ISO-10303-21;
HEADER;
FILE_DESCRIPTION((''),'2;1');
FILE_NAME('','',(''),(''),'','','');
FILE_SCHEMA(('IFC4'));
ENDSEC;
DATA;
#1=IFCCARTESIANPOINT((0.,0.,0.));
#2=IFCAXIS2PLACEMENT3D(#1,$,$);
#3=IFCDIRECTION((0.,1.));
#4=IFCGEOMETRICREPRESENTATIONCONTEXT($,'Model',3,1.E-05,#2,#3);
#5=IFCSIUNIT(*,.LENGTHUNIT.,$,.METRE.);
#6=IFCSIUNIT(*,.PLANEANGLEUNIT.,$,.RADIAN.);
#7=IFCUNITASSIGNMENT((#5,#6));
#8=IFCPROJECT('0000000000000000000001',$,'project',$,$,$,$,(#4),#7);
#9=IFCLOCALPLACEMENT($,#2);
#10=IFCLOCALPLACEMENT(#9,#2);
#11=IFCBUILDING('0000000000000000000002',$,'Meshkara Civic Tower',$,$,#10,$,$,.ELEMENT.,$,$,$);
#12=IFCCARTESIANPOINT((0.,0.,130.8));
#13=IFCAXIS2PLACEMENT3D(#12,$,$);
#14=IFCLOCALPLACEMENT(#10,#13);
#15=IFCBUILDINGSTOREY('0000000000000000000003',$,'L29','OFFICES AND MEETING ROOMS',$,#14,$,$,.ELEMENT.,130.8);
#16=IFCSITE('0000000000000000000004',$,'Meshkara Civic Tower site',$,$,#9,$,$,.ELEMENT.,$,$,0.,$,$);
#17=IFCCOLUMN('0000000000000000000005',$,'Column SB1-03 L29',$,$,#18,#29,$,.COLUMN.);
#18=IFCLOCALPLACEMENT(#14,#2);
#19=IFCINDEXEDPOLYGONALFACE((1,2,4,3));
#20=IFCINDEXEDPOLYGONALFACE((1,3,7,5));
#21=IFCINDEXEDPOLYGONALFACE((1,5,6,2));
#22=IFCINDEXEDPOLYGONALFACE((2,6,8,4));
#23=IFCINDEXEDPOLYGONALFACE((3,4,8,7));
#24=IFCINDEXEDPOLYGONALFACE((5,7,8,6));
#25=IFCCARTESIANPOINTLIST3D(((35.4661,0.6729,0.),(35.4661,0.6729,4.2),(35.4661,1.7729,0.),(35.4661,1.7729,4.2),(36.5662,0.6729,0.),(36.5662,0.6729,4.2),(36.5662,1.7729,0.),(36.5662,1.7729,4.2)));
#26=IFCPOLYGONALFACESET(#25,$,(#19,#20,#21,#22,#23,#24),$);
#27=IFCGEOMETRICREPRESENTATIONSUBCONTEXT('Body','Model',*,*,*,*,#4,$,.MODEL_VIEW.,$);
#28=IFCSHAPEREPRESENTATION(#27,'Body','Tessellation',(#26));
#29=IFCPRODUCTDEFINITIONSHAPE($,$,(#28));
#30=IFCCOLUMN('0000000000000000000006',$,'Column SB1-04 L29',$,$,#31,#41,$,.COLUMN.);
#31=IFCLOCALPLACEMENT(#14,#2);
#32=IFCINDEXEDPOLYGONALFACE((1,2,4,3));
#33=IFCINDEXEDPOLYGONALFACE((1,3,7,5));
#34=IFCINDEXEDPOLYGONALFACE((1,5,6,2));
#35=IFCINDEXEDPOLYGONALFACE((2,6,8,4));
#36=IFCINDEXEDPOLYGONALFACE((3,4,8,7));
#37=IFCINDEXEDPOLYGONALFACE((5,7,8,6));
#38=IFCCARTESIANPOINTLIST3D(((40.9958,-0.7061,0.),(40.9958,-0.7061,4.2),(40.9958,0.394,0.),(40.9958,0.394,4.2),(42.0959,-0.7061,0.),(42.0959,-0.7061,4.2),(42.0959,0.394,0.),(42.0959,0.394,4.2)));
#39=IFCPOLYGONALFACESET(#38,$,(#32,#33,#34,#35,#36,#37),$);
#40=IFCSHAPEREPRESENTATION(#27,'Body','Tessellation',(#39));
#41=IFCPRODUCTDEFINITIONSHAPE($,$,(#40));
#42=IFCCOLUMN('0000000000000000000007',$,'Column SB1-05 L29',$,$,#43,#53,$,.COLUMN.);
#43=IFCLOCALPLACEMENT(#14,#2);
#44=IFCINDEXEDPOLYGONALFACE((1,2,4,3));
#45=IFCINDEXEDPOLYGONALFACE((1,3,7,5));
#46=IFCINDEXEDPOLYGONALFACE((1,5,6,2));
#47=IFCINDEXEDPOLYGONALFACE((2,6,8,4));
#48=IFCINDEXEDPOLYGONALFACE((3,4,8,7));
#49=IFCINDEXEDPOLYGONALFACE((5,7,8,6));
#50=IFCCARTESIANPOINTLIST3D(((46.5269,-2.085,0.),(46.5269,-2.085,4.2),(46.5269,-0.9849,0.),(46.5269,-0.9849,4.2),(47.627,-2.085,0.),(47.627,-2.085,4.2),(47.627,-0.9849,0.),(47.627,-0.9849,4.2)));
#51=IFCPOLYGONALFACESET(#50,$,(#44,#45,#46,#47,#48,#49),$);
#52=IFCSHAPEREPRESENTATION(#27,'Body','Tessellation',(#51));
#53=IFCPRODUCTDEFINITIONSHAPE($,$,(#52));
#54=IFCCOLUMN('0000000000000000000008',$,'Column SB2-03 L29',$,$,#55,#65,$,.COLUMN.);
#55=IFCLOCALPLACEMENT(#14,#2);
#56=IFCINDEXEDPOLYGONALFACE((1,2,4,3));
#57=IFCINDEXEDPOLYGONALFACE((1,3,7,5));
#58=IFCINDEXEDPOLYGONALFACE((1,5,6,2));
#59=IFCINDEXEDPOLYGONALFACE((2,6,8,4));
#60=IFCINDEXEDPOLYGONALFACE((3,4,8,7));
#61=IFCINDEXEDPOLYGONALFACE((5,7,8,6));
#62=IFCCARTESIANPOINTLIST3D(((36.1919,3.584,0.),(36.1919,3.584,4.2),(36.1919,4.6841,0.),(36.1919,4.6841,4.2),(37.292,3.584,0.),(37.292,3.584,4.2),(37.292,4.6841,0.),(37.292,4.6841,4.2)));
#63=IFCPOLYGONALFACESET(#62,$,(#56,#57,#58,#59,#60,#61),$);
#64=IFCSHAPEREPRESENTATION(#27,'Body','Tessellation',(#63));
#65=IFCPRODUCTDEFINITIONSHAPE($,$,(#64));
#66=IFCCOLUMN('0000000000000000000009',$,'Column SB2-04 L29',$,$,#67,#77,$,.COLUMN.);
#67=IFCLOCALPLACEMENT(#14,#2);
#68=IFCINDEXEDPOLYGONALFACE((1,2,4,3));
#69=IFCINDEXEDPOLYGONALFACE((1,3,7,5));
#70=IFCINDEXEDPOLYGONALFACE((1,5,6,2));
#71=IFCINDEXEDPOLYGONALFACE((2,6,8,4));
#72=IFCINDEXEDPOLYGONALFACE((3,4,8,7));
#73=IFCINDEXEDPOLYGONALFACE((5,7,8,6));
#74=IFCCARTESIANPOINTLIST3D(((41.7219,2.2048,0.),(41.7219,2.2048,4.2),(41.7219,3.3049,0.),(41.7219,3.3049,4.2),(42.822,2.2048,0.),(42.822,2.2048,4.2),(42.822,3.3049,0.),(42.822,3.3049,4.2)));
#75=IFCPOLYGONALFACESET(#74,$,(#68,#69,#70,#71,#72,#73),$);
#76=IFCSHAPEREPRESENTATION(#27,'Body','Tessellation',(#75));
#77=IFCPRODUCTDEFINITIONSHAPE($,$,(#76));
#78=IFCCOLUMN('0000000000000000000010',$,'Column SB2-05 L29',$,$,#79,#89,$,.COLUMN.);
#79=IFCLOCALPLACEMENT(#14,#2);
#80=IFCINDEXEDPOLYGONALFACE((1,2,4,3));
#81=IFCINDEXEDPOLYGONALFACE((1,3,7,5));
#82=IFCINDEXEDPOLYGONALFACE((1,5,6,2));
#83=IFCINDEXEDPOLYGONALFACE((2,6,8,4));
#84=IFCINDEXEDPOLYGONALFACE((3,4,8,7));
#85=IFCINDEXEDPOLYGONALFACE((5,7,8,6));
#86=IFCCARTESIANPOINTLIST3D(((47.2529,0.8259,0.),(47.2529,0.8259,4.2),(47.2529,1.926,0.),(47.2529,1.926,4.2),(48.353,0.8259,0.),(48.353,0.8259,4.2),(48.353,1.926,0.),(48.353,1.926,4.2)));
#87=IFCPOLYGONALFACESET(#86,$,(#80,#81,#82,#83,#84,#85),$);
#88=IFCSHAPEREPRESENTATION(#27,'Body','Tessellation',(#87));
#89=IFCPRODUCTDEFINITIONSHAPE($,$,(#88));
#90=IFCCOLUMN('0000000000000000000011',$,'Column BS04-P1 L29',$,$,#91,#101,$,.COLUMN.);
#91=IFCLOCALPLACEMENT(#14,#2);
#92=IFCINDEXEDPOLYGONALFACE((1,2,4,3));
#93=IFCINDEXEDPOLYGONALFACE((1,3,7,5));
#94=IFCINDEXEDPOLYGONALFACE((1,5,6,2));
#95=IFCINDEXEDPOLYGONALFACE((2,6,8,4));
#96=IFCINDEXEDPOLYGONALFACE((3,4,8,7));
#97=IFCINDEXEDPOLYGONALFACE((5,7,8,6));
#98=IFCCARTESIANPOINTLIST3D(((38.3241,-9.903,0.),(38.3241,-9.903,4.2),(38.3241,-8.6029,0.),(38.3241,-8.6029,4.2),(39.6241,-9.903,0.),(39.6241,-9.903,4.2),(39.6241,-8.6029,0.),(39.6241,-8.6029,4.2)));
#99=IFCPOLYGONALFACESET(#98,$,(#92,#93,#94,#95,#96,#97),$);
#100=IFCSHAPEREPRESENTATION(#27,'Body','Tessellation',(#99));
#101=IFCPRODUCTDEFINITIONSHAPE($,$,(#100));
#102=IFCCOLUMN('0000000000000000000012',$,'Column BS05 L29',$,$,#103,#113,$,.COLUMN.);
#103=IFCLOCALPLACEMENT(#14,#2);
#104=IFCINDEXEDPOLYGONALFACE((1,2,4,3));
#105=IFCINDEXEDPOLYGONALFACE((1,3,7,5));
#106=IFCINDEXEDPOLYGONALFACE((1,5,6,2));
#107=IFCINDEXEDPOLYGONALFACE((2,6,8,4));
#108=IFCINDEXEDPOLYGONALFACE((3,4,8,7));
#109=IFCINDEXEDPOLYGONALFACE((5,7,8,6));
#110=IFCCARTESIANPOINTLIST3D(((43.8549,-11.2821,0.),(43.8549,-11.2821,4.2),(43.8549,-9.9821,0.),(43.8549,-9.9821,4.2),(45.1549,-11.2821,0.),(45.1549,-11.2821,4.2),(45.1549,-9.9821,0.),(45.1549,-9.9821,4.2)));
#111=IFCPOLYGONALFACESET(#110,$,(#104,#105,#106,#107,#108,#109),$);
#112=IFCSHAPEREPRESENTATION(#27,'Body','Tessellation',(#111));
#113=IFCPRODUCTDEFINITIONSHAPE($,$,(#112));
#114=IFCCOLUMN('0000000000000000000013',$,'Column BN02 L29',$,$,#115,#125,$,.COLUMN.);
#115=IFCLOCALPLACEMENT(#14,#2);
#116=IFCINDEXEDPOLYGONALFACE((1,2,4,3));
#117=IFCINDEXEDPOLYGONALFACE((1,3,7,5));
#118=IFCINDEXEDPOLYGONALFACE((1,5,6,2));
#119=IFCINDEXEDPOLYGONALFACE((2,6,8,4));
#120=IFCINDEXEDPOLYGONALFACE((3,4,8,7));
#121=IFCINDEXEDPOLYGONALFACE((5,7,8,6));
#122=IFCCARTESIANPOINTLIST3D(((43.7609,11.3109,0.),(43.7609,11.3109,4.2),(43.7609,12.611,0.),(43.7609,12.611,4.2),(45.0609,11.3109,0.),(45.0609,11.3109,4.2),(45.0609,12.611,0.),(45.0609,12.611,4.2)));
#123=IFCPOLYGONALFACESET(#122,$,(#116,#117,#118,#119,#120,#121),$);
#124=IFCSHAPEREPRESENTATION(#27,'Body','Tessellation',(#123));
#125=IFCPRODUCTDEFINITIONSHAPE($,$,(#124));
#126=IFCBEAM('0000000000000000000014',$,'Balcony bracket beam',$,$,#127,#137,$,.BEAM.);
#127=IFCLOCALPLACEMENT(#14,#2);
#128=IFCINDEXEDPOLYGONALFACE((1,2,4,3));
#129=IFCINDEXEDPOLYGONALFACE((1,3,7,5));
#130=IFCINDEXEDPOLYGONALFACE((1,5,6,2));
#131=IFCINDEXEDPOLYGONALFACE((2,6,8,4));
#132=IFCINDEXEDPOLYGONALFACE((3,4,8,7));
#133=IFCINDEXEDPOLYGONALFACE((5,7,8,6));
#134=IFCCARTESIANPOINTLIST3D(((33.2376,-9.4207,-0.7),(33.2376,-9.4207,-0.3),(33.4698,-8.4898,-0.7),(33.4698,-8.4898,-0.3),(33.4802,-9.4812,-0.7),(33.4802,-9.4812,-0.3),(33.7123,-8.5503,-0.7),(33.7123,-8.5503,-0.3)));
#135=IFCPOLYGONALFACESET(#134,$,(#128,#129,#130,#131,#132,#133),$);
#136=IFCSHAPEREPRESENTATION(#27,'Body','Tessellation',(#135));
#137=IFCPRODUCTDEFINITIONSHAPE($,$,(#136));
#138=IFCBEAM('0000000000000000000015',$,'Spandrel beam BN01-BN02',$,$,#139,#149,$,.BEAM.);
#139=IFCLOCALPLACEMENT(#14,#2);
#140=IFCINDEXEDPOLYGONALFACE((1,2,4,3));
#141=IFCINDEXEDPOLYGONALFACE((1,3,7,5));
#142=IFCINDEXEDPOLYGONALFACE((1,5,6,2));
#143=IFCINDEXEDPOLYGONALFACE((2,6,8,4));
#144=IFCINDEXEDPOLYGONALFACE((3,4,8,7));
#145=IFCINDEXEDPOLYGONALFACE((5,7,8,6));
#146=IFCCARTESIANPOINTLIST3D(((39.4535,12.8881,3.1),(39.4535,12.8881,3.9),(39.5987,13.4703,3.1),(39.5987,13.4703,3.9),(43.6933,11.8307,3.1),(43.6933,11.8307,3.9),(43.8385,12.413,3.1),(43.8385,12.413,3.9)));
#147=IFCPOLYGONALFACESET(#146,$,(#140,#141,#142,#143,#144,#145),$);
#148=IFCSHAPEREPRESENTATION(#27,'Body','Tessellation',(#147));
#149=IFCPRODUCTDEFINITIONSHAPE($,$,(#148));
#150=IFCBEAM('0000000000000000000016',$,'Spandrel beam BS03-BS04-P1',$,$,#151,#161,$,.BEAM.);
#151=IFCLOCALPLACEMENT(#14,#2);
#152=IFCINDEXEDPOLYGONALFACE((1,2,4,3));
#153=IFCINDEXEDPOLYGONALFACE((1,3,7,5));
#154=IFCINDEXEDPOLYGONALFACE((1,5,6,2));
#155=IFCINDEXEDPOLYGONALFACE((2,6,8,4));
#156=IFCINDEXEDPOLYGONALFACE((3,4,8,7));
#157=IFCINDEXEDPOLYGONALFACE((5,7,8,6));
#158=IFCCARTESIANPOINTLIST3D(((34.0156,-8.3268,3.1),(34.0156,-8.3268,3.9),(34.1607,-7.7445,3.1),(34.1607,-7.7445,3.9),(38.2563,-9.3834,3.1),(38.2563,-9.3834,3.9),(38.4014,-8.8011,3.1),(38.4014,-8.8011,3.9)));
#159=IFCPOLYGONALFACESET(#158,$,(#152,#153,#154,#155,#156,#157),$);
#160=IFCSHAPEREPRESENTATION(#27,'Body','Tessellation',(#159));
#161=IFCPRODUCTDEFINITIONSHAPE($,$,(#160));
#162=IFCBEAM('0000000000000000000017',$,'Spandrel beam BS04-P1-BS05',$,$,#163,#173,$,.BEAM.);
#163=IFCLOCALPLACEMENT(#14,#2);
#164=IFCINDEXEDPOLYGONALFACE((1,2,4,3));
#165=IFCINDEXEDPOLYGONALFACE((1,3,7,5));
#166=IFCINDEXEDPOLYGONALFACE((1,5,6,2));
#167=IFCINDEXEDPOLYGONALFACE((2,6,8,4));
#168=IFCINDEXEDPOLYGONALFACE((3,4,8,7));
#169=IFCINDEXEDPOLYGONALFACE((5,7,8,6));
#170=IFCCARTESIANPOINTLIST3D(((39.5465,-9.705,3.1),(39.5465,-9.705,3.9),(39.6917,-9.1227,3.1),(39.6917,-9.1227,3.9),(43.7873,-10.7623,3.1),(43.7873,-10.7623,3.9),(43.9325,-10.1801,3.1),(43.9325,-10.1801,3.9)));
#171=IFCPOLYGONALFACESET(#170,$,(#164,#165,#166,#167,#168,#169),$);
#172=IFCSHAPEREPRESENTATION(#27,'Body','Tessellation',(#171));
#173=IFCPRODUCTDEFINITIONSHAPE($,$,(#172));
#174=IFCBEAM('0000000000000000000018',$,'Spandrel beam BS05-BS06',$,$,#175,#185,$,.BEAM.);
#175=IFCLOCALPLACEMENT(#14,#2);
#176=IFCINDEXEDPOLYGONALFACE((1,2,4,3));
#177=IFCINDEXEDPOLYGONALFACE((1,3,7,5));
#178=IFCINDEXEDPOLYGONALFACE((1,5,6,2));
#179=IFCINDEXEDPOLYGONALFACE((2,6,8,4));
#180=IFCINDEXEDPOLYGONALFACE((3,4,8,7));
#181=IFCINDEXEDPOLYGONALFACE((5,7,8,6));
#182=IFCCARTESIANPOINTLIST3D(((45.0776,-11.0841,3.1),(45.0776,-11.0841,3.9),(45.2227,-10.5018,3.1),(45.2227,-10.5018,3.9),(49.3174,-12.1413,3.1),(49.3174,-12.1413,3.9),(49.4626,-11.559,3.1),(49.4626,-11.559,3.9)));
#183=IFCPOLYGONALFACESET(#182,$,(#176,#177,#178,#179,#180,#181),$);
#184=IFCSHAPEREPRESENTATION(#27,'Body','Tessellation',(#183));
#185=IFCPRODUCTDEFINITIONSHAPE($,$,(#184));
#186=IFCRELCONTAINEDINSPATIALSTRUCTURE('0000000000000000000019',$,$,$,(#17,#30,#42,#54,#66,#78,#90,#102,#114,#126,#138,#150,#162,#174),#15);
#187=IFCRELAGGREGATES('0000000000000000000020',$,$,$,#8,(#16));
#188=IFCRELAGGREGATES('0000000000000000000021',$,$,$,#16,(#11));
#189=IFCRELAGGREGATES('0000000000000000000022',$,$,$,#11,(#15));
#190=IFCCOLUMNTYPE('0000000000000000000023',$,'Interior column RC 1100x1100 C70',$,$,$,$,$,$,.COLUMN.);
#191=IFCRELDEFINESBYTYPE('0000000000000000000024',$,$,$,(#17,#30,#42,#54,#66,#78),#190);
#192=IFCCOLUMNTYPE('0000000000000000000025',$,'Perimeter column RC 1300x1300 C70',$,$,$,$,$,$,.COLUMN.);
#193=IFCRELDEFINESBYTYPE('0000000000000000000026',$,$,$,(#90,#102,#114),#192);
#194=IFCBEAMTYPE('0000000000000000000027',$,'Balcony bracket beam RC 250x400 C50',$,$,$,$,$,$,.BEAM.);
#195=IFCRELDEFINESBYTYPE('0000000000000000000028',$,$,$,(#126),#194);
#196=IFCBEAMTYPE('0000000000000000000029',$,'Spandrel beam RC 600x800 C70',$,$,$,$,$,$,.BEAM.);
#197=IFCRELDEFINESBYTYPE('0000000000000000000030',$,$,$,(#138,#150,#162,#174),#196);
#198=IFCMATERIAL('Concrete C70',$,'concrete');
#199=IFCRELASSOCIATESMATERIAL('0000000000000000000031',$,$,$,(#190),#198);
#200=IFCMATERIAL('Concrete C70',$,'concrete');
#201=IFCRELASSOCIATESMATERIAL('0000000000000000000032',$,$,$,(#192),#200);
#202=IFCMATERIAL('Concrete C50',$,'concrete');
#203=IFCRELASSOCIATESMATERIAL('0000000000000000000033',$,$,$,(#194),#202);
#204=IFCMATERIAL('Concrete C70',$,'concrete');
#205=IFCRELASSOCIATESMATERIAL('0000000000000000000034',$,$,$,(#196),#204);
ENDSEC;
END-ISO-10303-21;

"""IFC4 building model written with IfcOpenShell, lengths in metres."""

from ifc_helpers import new_model, si_unit, direction, frame, origin, origin_2d, place, context, subcontext, project, spatial, rectangle, extrude, material, material_profile, profile_set, type_object, element, save


model = new_model("IFC4")

# Units and contexts
model_context = context("Model", 3, precision=1e-05, world=origin(), true_north=direction((0.0, 1.0)))
body_context = subcontext(model_context, "Body", "Model", "MODEL_VIEW")
ifc_project = project(units=[si_unit("LENGTHUNIT", "METRE"), si_unit("PLANEANGLEUNIT", "RADIAN")], contexts=[model_context])

# Site, building, storey
site_placement = place(None, origin())
site = spatial("IfcSite", under=ifc_project, at=site_placement, Name="Meshkara Civic Tower site", CompositionType="ELEMENT", RefElevation=0.0)
building_placement = place(site_placement, origin())
building = spatial("IfcBuilding", under=site, at=building_placement, Name="Meshkara Civic Tower", CompositionType="ELEMENT")
storey_placement = place(building_placement, frame((0.0, 0.0, 130.8)))
storey = spatial("IfcBuildingStorey", under=building, at=storey_placement, Name="L29", Description="OFFICES AND MEETING ROOMS", CompositionType="ELEMENT", Elevation=130.8)

# Columns
ifc_material_1 = material(Name="Concrete C70", Category="concrete")
ifc_material_profile_1 = material_profile(ifc_material_1, rectangle(XDim=1.1001, YDim=1.1001, at=origin_2d()))
ifc_profile_set_1 = profile_set([ifc_material_profile_1], Name="Concrete C70")
column_type_1 = type_object("IfcColumnType", Name="Interior column RC 1100x1100 C70", PredefinedType="COLUMN", material=ifc_profile_set_1)
for number, where, z_axis, x_axis, name in (
    (1, (36.0161, 1.2229, 0.0), (0.0, 0.0, 1.0), (1.0, 0.0, 0.0), "Column SB1-03 L29"),
    (2, (41.5459, -0.156, 0.0), (0.0, 0.0, 1.0), (1.0, 0.0, 0.0), "Column SB1-04 L29"),
    (3, (47.0769, -1.5349, 0.0), (0.0, 0.0, 1.0), (1.0, 0.0, 0.0), "Column SB1-05 L29"),
    (4, (36.7419, 4.134, 0.0), (0.0, 0.0, 1.0), (1.0, 0.0, 0.0), "Column SB2-03 L29"),
    (5, (42.272, 2.7549, 0.0), (0.0, 0.0, 1.0), (1.0, 0.0, 0.0), "Column SB2-04 L29"),
    (6, (47.803, 1.376, 0.0), (0.0, 0.0, 1.0), (1.0, 0.0, 0.0), "Column SB2-05 L29"),
):
    element("IfcColumn", number, at=place(storey_placement, frame(where, z_axis=z_axis, x_axis=x_axis)), inside=storey, type_object=column_type_1, Name=name, PredefinedType="COLUMN", context=body_context, shape_type="SweptSolid", body=[
        extrude(rectangle(XDim=1.1001, YDim=1.1001, at=origin_2d()), origin(), (0.0, 0.0, 1.0), 4.2),
    ])
ifc_material_2 = material(Name="Concrete C70", Category="concrete")
ifc_material_profile_2 = material_profile(ifc_material_2, rectangle(XDim=1.3, YDim=1.3, at=origin_2d()))
ifc_profile_set_2 = profile_set([ifc_material_profile_2], Name="Concrete C70")
column_type_2 = type_object("IfcColumnType", Name="Perimeter column RC 1300x1300 C70", PredefinedType="COLUMN", material=ifc_profile_set_2)
for number, where, z_axis, x_axis, name in (
    (7, (38.9741, -9.2529, 0.0), (0.0, 0.0, 1.0), (1.0, 0.0, 0.0), "Column BS04-P1 L29"),
    (8, (44.5049, -10.6321, 0.0), (0.0, 0.0, 1.0), (1.0, 0.0, 0.0), "Column BS05 L29"),
    (9, (44.4109, 11.9609, 0.0), (0.0, 0.0, 1.0), (1.0, 0.0, 0.0), "Column BN02 L29"),
):
    element("IfcColumn", number, at=place(storey_placement, frame(where, z_axis=z_axis, x_axis=x_axis)), inside=storey, type_object=column_type_2, Name=name, PredefinedType="COLUMN", context=body_context, shape_type="SweptSolid", body=[
        extrude(rectangle(XDim=1.3, YDim=1.3, at=origin_2d()), origin(), (0.0, 0.0, 1.0), 4.2),
    ])

# Beams
ifc_material_3 = material(Name="Concrete C50", Category="concrete")
ifc_material_profile_3 = material_profile(ifc_material_3, rectangle(XDim=0.25, YDim=0.3999, at=origin_2d()))
ifc_profile_set_3 = profile_set([ifc_material_profile_3], Name="Concrete C50")
beam_type_1 = type_object("IfcBeamType", Name="Balcony bracket beam RC 250x400 C50", PredefinedType="BEAM", material=ifc_profile_set_3)
beam_1_placement = place(storey_placement, frame((33.5911, -8.52, -0.5), z_axis=(-0.241997, -0.970277, 0.0), x_axis=(0.970277, -0.241997, 0.0)))
element("IfcBeam", 10, at=beam_1_placement, inside=storey, type_object=beam_type_1, Name="Balcony bracket beam", PredefinedType="BEAM", context=body_context, shape_type="SweptSolid", body=[
    extrude(rectangle(XDim=0.25, YDim=0.3999, at=origin_2d()), origin(), (0.0, 0.0, 1.0), 0.9595),
])
ifc_material_4 = material(Name="Concrete C70", Category="concrete")
ifc_material_profile_4 = material_profile(ifc_material_4, rectangle(XDim=0.6001, YDim=0.8, at=origin_2d()))
ifc_profile_set_4 = profile_set([ifc_material_profile_4], Name="Concrete C70")
beam_type_2 = type_object("IfcBeamType", Name="Spandrel beam RC 600x800 C70", PredefinedType="BEAM", material=ifc_profile_set_4)
beam_2_placement = place(storey_placement, frame((43.7659, 12.1218, 3.5), z_axis=(-0.97028, 0.241983, 0.0), x_axis=(-0.241983, -0.97028, 0.0)))
element("IfcBeam", 11, at=beam_2_placement, inside=storey, type_object=beam_type_2, Name="Spandrel beam BN01-BN02", PredefinedType="BEAM", context=body_context, shape_type="SweptSolid", body=[
    extrude(rectangle(XDim=0.6001, YDim=0.8, at=origin_2d()), origin(), (0.0, 0.0, 1.0), 4.3696),
])
beam_3_placement = place(storey_placement, frame((34.0881, -8.0356, 3.5), z_axis=(0.970333, -0.241773, 0.0), x_axis=(0.241773, 0.970333, 0.0)))
element("IfcBeam", 12, at=beam_3_placement, inside=storey, type_object=beam_type_2, Name="Spandrel beam BS03-BS04-P1", PredefinedType="BEAM", context=body_context, shape_type="SweptSolid", body=[
    extrude(rectangle(XDim=0.6001, YDim=0.8, at=origin_2d()), origin(), (0.0, 0.0, 1.0), 4.3704),
])
beam_4_placement = place(storey_placement, frame((39.6191, -9.4138, 3.5), z_axis=(0.970293, -0.241931, 0.0), x_axis=(0.241931, 0.970293, 0.0)))
element("IfcBeam", 13, at=beam_4_placement, inside=storey, type_object=beam_type_2, Name="Spandrel beam BS04-P1-BS05", PredefinedType="BEAM", context=body_context, shape_type="SweptSolid", body=[
    extrude(rectangle(XDim=0.6001, YDim=0.8, at=origin_2d()), origin(), (0.0, 0.0, 1.0), 4.3706),
])
beam_5_placement = place(storey_placement, frame((45.1501, -10.793, 3.5), z_axis=(0.970293, -0.241931, 0.0), x_axis=(0.241931, 0.970293, 0.0)))
element("IfcBeam", 14, at=beam_5_placement, inside=storey, type_object=beam_type_2, Name="Spandrel beam BS05-BS06", PredefinedType="BEAM", context=body_context, shape_type="SweptSolid", body=[
    extrude(rectangle(XDim=0.6001, YDim=0.8, at=origin_2d()), origin(), (0.0, 0.0, 1.0), 4.3696),
])

save(model, "model.ifc")
